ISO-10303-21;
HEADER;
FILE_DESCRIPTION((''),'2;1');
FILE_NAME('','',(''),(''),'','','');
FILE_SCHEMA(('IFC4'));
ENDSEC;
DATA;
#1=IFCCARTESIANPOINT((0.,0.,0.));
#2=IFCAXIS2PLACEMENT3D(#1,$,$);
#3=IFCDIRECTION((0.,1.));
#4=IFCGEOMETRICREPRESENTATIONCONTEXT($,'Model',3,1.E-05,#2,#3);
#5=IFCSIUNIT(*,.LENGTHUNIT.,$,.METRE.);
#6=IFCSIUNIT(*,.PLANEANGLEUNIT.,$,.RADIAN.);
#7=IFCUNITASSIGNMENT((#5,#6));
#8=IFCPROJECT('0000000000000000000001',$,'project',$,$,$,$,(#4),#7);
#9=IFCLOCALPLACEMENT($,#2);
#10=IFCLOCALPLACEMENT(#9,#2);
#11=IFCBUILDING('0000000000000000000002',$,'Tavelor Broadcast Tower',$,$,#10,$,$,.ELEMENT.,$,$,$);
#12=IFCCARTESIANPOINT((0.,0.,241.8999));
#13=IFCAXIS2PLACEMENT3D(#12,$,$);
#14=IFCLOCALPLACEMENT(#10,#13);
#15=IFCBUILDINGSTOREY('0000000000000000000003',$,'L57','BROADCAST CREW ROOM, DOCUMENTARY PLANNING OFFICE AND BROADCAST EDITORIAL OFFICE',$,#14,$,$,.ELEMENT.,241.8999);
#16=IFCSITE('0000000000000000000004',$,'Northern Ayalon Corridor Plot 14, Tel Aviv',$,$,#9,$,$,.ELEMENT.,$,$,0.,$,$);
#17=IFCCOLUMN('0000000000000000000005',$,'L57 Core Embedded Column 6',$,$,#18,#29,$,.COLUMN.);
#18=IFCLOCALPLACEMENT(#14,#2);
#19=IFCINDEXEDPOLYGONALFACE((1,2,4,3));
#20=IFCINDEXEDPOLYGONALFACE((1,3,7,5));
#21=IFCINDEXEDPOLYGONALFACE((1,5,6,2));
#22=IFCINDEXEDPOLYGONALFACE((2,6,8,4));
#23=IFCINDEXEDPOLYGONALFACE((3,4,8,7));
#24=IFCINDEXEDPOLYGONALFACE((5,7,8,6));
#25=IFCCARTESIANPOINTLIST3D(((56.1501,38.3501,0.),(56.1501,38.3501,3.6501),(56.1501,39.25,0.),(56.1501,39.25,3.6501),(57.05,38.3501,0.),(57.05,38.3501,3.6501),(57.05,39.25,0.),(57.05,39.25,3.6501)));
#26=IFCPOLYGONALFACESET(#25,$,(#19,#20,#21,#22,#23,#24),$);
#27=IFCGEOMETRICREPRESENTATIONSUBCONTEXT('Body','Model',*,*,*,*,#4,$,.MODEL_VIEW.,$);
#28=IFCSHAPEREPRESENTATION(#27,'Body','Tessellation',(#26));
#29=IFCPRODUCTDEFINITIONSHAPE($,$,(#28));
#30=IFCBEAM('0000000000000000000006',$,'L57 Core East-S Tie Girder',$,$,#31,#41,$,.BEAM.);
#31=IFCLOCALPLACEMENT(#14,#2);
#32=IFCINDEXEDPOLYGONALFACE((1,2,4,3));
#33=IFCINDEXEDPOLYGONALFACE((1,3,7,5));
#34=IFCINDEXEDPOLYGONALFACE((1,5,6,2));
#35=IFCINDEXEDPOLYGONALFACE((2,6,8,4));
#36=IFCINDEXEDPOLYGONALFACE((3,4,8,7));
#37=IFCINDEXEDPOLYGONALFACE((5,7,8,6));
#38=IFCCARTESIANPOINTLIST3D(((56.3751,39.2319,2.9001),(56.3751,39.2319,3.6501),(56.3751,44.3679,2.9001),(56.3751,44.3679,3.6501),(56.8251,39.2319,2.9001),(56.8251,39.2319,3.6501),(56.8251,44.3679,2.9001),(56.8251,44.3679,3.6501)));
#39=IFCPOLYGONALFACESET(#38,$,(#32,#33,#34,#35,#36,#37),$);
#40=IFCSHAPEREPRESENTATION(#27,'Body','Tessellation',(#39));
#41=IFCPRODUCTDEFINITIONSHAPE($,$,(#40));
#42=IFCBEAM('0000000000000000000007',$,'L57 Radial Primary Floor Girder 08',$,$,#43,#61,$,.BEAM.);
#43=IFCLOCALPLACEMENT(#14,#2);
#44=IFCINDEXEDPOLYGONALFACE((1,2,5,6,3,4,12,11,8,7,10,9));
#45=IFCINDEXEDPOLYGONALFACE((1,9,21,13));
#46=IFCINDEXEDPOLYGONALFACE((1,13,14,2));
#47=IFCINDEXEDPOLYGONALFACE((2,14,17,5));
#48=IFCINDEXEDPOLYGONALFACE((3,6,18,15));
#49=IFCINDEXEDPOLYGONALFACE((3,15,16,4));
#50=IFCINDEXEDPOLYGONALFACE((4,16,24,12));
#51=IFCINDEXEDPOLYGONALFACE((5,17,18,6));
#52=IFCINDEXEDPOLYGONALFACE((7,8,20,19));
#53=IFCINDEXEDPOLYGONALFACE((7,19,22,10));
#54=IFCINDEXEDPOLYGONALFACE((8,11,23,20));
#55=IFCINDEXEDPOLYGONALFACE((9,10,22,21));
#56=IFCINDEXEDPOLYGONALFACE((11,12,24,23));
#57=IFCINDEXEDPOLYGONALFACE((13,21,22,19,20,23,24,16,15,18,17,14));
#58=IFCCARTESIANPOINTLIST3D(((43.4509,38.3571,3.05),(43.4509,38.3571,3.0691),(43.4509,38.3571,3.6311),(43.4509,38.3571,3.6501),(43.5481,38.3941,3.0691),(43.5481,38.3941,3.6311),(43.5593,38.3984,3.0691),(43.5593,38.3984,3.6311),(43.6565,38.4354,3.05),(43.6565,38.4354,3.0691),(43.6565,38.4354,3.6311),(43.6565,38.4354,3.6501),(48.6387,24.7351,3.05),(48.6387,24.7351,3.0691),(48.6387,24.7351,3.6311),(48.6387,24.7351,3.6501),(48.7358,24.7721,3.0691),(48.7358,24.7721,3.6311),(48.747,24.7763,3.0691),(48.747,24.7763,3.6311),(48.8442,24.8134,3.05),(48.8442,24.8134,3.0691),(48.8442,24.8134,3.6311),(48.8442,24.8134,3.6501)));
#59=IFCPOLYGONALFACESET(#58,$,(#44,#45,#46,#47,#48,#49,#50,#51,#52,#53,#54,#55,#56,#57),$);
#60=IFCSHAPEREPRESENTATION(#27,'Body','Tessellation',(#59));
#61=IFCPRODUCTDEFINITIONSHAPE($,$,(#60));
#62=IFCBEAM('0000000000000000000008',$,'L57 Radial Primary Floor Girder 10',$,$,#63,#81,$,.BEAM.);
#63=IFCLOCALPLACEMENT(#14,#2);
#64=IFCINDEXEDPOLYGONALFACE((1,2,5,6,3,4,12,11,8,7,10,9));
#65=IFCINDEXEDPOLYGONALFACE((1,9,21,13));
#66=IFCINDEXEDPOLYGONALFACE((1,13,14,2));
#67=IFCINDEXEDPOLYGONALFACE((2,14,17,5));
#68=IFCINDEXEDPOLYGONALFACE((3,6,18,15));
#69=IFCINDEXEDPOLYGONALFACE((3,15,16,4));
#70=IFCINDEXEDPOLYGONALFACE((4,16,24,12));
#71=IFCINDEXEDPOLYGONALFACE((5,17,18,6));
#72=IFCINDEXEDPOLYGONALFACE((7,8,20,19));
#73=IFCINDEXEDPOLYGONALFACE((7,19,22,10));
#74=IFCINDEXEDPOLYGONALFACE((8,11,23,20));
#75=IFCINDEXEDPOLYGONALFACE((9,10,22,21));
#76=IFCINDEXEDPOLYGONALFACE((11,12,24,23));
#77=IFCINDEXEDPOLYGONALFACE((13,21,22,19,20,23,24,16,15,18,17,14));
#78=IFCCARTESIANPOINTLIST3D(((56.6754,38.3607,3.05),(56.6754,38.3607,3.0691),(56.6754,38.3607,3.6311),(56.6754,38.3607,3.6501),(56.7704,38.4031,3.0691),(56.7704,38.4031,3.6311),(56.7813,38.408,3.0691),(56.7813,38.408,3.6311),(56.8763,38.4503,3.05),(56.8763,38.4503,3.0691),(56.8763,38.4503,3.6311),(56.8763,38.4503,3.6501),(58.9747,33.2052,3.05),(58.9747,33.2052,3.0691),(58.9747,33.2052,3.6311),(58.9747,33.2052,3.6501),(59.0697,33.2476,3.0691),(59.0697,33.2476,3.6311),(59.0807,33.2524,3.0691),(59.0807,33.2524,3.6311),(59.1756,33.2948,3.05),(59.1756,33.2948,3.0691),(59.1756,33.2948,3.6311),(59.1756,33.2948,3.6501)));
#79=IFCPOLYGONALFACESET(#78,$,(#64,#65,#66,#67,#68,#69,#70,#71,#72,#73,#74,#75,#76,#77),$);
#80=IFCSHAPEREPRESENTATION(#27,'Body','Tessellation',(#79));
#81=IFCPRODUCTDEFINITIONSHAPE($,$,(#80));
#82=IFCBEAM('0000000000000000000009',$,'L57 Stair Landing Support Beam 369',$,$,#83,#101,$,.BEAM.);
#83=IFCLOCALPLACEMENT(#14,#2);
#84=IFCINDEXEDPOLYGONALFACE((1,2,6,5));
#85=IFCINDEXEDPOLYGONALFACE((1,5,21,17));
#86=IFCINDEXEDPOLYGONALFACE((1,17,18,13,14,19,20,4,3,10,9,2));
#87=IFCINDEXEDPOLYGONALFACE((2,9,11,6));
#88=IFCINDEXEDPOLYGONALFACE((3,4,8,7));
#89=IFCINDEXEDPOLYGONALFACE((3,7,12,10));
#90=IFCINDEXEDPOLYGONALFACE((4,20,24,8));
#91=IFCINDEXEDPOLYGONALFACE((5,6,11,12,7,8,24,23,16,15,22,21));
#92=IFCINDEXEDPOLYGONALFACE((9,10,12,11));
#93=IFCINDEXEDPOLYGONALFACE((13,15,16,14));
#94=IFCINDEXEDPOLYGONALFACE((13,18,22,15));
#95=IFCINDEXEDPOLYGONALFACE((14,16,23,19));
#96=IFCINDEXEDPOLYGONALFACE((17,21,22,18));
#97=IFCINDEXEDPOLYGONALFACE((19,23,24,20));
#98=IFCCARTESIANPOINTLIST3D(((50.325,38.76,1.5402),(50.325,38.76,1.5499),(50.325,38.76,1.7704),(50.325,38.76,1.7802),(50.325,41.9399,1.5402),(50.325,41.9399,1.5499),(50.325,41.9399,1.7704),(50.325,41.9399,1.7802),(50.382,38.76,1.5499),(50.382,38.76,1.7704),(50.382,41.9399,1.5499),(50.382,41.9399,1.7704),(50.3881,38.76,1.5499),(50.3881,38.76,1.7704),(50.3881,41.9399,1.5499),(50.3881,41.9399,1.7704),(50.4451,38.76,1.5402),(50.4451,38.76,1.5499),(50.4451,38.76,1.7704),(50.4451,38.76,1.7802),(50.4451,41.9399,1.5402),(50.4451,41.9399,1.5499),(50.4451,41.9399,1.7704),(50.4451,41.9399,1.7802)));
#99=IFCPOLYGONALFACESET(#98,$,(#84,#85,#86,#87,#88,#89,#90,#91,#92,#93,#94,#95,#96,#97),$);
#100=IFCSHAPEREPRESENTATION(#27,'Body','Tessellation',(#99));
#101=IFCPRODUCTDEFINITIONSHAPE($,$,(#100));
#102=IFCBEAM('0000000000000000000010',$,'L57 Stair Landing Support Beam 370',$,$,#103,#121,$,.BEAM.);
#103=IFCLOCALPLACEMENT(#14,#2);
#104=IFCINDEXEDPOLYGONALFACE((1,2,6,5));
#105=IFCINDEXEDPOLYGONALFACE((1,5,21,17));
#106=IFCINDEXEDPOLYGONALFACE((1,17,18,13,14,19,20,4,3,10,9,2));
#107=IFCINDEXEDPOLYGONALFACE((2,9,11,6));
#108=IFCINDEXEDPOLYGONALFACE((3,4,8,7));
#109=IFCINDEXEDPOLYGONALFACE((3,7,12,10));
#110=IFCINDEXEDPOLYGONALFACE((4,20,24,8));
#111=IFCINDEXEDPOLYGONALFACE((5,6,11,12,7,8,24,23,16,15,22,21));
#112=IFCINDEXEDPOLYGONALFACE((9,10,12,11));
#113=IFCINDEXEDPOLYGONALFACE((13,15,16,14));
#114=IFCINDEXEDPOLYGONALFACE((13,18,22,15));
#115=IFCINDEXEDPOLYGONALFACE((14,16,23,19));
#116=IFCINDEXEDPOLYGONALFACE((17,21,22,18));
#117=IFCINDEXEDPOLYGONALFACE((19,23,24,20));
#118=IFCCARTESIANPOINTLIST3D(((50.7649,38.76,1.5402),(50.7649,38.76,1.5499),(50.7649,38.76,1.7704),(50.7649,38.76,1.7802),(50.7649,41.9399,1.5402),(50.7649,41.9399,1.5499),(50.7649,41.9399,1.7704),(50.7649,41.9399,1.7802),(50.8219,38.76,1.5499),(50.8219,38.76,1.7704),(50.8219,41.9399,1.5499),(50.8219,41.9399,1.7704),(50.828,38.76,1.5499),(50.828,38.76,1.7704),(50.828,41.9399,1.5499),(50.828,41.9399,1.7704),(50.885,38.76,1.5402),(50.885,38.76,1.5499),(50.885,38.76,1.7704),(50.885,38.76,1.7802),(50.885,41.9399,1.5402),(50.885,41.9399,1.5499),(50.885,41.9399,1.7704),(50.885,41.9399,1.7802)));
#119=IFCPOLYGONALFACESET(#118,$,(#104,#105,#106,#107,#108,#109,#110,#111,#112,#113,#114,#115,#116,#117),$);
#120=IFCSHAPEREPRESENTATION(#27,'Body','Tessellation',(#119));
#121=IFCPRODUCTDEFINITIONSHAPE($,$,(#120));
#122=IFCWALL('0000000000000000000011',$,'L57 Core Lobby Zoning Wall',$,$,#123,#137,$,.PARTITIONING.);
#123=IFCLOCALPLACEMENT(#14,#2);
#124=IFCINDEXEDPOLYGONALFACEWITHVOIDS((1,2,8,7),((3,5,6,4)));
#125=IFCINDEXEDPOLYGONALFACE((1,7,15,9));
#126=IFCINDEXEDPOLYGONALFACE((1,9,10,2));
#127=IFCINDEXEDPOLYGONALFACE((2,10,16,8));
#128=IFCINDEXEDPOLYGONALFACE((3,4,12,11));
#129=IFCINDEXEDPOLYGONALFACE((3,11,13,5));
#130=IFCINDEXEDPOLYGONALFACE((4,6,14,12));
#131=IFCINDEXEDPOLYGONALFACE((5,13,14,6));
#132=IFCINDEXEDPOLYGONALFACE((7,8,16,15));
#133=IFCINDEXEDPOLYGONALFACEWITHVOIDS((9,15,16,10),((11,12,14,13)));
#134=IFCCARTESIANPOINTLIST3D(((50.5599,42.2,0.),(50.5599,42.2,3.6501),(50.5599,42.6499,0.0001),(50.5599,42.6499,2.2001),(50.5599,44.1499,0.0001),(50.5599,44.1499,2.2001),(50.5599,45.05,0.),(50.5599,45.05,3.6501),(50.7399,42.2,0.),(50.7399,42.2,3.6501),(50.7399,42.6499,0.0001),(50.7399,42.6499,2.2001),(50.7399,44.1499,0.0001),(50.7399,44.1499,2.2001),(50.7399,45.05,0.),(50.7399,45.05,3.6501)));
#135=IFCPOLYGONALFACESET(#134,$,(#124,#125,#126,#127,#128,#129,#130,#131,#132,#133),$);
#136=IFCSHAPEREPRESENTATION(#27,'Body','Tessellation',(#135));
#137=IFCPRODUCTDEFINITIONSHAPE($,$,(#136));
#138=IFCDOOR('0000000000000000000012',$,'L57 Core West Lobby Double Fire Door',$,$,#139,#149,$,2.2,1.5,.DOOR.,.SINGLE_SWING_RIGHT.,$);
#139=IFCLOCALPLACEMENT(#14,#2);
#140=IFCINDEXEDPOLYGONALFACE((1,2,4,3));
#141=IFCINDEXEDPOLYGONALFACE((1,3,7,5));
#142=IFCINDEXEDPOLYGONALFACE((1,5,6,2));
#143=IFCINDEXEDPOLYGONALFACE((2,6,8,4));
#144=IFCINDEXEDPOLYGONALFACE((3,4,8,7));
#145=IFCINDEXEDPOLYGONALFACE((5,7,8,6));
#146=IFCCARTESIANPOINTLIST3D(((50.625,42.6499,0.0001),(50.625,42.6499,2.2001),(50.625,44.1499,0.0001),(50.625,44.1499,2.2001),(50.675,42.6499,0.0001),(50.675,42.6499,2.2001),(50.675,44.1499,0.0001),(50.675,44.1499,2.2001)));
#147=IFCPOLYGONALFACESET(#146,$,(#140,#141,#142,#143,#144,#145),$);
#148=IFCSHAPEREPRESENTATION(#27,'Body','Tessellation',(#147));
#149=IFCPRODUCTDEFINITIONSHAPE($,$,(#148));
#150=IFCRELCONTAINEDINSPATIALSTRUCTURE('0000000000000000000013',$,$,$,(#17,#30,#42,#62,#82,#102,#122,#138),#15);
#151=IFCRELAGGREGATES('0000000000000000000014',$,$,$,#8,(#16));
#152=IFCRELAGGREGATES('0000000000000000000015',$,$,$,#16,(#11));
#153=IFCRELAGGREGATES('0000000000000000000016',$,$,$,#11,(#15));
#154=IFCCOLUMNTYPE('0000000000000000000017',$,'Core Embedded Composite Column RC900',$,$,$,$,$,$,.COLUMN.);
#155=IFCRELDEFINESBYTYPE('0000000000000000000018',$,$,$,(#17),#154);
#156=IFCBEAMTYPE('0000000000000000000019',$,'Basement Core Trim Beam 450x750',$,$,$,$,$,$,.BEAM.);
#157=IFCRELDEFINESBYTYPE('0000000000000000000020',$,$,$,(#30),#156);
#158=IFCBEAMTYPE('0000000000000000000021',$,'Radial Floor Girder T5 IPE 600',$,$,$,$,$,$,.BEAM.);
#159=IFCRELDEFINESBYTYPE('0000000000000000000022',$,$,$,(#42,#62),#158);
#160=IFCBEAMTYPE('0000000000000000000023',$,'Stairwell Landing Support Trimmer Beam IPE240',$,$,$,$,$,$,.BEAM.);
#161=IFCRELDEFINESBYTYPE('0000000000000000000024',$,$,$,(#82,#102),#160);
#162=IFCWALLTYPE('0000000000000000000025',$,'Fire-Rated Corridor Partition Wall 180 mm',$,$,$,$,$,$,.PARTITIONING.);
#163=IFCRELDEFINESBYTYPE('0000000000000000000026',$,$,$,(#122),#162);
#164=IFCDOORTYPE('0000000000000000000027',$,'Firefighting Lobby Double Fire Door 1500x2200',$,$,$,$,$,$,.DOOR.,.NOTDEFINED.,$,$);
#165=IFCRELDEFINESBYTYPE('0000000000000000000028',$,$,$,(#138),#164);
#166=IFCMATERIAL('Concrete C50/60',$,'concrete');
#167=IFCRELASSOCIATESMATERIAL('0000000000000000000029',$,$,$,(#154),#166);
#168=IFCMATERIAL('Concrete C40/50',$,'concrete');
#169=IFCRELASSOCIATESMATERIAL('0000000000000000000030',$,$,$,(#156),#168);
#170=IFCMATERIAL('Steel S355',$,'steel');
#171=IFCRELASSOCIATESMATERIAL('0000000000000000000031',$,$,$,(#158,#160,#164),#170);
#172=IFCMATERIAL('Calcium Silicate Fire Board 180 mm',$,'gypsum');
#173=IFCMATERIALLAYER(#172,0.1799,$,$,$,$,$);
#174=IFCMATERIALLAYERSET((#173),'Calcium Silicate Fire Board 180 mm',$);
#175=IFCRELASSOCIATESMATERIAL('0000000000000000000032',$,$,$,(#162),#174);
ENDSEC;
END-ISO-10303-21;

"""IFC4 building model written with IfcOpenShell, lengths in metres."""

from ifc_helpers import new_model, si_unit, direction, frame, frame_2d, origin, origin_2d, place, context, subcontext, project, spatial, rectangle, i_section, extrude, material, layer, layer_set, material_profile, profile_set, type_object, element, fill, save


model = new_model("IFC4")

# Units and contexts
model_context = context("Model", 3, precision=1e-05, world=origin(), true_north=direction((0.0, 1.0)))
body_context = subcontext(model_context, "Body", "Model", "MODEL_VIEW")
ifc_project = project(units=[si_unit("LENGTHUNIT", "METRE"), si_unit("PLANEANGLEUNIT", "RADIAN")], contexts=[model_context])

# Site, building, storey
site_placement = place(None, origin())
site = spatial("IfcSite", under=ifc_project, at=site_placement, Name="Northern Ayalon Corridor Plot 14, Tel Aviv", CompositionType="ELEMENT", RefElevation=0.0)
building_placement = place(site_placement, origin())
building = spatial("IfcBuilding", under=site, at=building_placement, Name="Tavelor Broadcast Tower", CompositionType="ELEMENT")
storey_placement = place(building_placement, frame((0.0, 0.0, 241.8999)))
storey = spatial("IfcBuildingStorey", under=building, at=storey_placement, Name="L57", Description="BROADCAST CREW ROOM, DOCUMENTARY PLANNING OFFICE AND BROADCAST EDITORIAL OFFICE", CompositionType="ELEMENT", Elevation=241.8999)

# Column
ifc_material_1 = material(Name="Concrete C50/60", Category="concrete")
ifc_material_profile_1 = material_profile(ifc_material_1, rectangle(XDim=0.8999, YDim=0.8999, at=origin_2d()), Name="RC 900x900")
ifc_profile_set_1 = profile_set([ifc_material_profile_1], Name="Concrete C50/60")
column_type = type_object("IfcColumnType", Name="Core Embedded Composite Column RC900", PredefinedType="COLUMN", material=ifc_profile_set_1)
column_placement = place(storey_placement, frame((56.6001, 38.8, 0.0), z_axis=(0.0, 0.0, 1.0), x_axis=(1.0, 0.0, 0.0)))
element("IfcColumn", 1, at=column_placement, inside=storey, type_object=column_type, Name="L57 Core Embedded Column 6", PredefinedType="COLUMN", context=body_context, shape_type="SweptSolid", body=[
    extrude(rectangle(XDim=0.8999, YDim=0.8999, at=origin_2d()), origin(), (0.0, 0.0, 1.0), 3.6501),
])

# Beams
ifc_material_2 = material(Name="Concrete C40/50", Category="concrete")
ifc_material_profile_2 = material_profile(ifc_material_2, rectangle(XDim=0.45, YDim=0.75, at=origin_2d()), Name="RC 450x750")
ifc_profile_set_2 = profile_set([ifc_material_profile_2], Name="Concrete C40/50")
beam_type_1 = type_object("IfcBeamType", Name="Basement Core Trim Beam 450x750", PredefinedType="BEAM", material=ifc_profile_set_2)
beam_1_placement = place(storey_placement, frame((56.6001, 39.2319, 3.2751), z_axis=(0.0, 1.0, 0.0), x_axis=(-1.0, 0.0, 0.0)))
element("IfcBeam", 2, at=beam_1_placement, inside=storey, type_object=beam_type_1, Name="L57 Core East-S Tie Girder", PredefinedType="BEAM", context=body_context, shape_type="SweptSolid", body=[
    extrude(rectangle(XDim=0.45, YDim=0.75, at=origin_2d()), origin(), (0.0, 0.0, 1.0), 5.136),
])
ifc_material_3 = material(Name="Steel S355", Category="steel")
ifc_material_profile_3 = material_profile(ifc_material_3, i_section(OverallWidth=0.22, OverallDepth=0.6001, WebThickness=0.012, FlangeThickness=0.019, at=origin_2d()), Name="IPE 600")
ifc_profile_set_3 = profile_set([ifc_material_profile_3], Name="Steel S355")
beam_type_2 = type_object("IfcBeamType", Name="Radial Floor Girder T5 IPE 600", PredefinedType="BEAM", material=ifc_profile_set_3)
beam_2_placement = place(storey_placement, frame((43.5537, 38.3962, 3.3501), z_axis=(0.355899, -0.934525, 0.0), x_axis=(0.934525, 0.355899, 0.0)))
element("IfcBeam", 3, at=beam_2_placement, inside=storey, type_object=beam_type_2, Name="L57 Radial Primary Floor Girder 08", PredefinedType="BEAM", context=body_context, shape_type="SweptSolid", body=[
    extrude(i_section(OverallWidth=0.22, OverallDepth=0.6001, WebThickness=0.012, FlangeThickness=0.019, at=origin_2d()), origin(), (0.0, 0.0, 1.0), 14.5764),
])
beam_3_placement = place(storey_placement, frame((56.7759, 38.4055, 3.3501), z_axis=(0.407318, -0.913286, 0.0), x_axis=(0.913286, 0.407318, 0.0)))
element("IfcBeam", 4, at=beam_3_placement, inside=storey, type_object=beam_type_2, Name="L57 Radial Primary Floor Girder 10", PredefinedType="BEAM", context=body_context, shape_type="SweptSolid", body=[
    extrude(i_section(OverallWidth=0.22, OverallDepth=0.6001, WebThickness=0.012, FlangeThickness=0.019, at=origin_2d()), origin(), (0.0, 0.0, 1.0), 5.645),
])
ifc_material_profile_4 = material_profile(ifc_material_3, i_section(OverallWidth=0.1201, OverallDepth=0.24, WebThickness=0.0061, FlangeThickness=0.0098, at=origin_2d()), Name="IPE 240")
ifc_profile_set_4 = profile_set([ifc_material_profile_4], Name="Steel S355")
beam_type_3 = type_object("IfcBeamType", Name="Stairwell Landing Support Trimmer Beam IPE240", PredefinedType="BEAM", material=ifc_profile_set_4)
for number, where, z_axis, x_axis, name in (
    (5, (50.385, 38.76, 1.6602), (0.0, 1.0, 0.0), (-1.0, 0.0, 0.0), "L57 Stair Landing Support Beam 369"),
    (6, (50.825, 38.76, 1.6602), (0.0, 1.0, 0.0), (-1.0, 0.0, 0.0), "L57 Stair Landing Support Beam 370"),
):
    element("IfcBeam", number, at=place(storey_placement, frame(where, z_axis=z_axis, x_axis=x_axis)), inside=storey, type_object=beam_type_3, Name=name, PredefinedType="BEAM", context=body_context, shape_type="SweptSolid", body=[
        extrude(i_section(OverallWidth=0.1201, OverallDepth=0.24, WebThickness=0.0061, FlangeThickness=0.0098, at=origin_2d()), origin(), (0.0, 0.0, 1.0), 3.1799),
    ])

# Wall, opening, door
ifc_material_4 = material(Name="Calcium Silicate Fire Board 180 mm", Category="gypsum")
ifc_layer_1 = layer(ifc_material_4, 0.1799)
ifc_layer_set_1 = layer_set([ifc_layer_1], Name="Calcium Silicate Fire Board 180 mm")
wall_type_1 = type_object("IfcWallType", Name="Fire-Rated Corridor Partition Wall 180 mm", PredefinedType="PARTITIONING", material=ifc_layer_set_1)
wall_1_placement = place(storey_placement, frame((50.6499, 42.2, 0.0), z_axis=(0.0, 0.0, 1.0), x_axis=(0.0, 1.0, 0.0)))
wall_1 = element("IfcWall", 7, at=wall_1_placement, inside=storey, type_object=wall_type_1, Name="L57 Core Lobby Zoning Wall", PredefinedType="PARTITIONING", context=body_context, shape_type="SweptSolid", body=[
    extrude(rectangle(XDim=2.8501, YDim=0.1799, at=frame_2d((1.425, 0.0))), origin(), (0.0, 0.0, 1.0), 3.6501),
])
opening_1_placement = place(wall_1_placement, frame((0.45, 0.0, 0.0)))
opening_1 = element("IfcOpeningElement", 8, at=opening_1_placement, cuts=wall_1, PredefinedType="OPENING", context=body_context, shape_type="SweptSolid", body=[
    extrude(rectangle(XDim=1.5, YDim=2.2, at=frame_2d((0.75, 1.1001))), frame((0.0, 0.1001, 0.0), z_axis=(0.0, -1.0, 0.0), x_axis=(1.0, 0.0, 0.0)), (0.0, 0.0, 1.0), 0.2),
])
door_type_1 = type_object("IfcDoorType", Name="Firefighting Lobby Double Fire Door 1500x2200", OperationType="NOTDEFINED", PredefinedType="DOOR", material=ifc_material_3)
door_1_placement = place(opening_1_placement, origin())
door_1 = element("IfcDoor", 9, at=door_1_placement, inside=storey, type_object=door_type_1, Name="L57 Core West Lobby Double Fire Door", OperationType="SINGLE_SWING_RIGHT", OverallHeight=2.2, OverallWidth=1.5, PredefinedType="DOOR", context=body_context, shape_type="SweptSolid", body=[
    extrude(rectangle(XDim=1.5, YDim=2.2, at=frame_2d((0.75, 1.1001))), frame((0.0, 0.0249, 0.0), z_axis=(0.0, -1.0, 0.0), x_axis=(1.0, 0.0, 0.0)), (0.0, 0.0, 1.0), 0.05),
])
fill(opening_1, door_1)

save(model, "model.ifc")
